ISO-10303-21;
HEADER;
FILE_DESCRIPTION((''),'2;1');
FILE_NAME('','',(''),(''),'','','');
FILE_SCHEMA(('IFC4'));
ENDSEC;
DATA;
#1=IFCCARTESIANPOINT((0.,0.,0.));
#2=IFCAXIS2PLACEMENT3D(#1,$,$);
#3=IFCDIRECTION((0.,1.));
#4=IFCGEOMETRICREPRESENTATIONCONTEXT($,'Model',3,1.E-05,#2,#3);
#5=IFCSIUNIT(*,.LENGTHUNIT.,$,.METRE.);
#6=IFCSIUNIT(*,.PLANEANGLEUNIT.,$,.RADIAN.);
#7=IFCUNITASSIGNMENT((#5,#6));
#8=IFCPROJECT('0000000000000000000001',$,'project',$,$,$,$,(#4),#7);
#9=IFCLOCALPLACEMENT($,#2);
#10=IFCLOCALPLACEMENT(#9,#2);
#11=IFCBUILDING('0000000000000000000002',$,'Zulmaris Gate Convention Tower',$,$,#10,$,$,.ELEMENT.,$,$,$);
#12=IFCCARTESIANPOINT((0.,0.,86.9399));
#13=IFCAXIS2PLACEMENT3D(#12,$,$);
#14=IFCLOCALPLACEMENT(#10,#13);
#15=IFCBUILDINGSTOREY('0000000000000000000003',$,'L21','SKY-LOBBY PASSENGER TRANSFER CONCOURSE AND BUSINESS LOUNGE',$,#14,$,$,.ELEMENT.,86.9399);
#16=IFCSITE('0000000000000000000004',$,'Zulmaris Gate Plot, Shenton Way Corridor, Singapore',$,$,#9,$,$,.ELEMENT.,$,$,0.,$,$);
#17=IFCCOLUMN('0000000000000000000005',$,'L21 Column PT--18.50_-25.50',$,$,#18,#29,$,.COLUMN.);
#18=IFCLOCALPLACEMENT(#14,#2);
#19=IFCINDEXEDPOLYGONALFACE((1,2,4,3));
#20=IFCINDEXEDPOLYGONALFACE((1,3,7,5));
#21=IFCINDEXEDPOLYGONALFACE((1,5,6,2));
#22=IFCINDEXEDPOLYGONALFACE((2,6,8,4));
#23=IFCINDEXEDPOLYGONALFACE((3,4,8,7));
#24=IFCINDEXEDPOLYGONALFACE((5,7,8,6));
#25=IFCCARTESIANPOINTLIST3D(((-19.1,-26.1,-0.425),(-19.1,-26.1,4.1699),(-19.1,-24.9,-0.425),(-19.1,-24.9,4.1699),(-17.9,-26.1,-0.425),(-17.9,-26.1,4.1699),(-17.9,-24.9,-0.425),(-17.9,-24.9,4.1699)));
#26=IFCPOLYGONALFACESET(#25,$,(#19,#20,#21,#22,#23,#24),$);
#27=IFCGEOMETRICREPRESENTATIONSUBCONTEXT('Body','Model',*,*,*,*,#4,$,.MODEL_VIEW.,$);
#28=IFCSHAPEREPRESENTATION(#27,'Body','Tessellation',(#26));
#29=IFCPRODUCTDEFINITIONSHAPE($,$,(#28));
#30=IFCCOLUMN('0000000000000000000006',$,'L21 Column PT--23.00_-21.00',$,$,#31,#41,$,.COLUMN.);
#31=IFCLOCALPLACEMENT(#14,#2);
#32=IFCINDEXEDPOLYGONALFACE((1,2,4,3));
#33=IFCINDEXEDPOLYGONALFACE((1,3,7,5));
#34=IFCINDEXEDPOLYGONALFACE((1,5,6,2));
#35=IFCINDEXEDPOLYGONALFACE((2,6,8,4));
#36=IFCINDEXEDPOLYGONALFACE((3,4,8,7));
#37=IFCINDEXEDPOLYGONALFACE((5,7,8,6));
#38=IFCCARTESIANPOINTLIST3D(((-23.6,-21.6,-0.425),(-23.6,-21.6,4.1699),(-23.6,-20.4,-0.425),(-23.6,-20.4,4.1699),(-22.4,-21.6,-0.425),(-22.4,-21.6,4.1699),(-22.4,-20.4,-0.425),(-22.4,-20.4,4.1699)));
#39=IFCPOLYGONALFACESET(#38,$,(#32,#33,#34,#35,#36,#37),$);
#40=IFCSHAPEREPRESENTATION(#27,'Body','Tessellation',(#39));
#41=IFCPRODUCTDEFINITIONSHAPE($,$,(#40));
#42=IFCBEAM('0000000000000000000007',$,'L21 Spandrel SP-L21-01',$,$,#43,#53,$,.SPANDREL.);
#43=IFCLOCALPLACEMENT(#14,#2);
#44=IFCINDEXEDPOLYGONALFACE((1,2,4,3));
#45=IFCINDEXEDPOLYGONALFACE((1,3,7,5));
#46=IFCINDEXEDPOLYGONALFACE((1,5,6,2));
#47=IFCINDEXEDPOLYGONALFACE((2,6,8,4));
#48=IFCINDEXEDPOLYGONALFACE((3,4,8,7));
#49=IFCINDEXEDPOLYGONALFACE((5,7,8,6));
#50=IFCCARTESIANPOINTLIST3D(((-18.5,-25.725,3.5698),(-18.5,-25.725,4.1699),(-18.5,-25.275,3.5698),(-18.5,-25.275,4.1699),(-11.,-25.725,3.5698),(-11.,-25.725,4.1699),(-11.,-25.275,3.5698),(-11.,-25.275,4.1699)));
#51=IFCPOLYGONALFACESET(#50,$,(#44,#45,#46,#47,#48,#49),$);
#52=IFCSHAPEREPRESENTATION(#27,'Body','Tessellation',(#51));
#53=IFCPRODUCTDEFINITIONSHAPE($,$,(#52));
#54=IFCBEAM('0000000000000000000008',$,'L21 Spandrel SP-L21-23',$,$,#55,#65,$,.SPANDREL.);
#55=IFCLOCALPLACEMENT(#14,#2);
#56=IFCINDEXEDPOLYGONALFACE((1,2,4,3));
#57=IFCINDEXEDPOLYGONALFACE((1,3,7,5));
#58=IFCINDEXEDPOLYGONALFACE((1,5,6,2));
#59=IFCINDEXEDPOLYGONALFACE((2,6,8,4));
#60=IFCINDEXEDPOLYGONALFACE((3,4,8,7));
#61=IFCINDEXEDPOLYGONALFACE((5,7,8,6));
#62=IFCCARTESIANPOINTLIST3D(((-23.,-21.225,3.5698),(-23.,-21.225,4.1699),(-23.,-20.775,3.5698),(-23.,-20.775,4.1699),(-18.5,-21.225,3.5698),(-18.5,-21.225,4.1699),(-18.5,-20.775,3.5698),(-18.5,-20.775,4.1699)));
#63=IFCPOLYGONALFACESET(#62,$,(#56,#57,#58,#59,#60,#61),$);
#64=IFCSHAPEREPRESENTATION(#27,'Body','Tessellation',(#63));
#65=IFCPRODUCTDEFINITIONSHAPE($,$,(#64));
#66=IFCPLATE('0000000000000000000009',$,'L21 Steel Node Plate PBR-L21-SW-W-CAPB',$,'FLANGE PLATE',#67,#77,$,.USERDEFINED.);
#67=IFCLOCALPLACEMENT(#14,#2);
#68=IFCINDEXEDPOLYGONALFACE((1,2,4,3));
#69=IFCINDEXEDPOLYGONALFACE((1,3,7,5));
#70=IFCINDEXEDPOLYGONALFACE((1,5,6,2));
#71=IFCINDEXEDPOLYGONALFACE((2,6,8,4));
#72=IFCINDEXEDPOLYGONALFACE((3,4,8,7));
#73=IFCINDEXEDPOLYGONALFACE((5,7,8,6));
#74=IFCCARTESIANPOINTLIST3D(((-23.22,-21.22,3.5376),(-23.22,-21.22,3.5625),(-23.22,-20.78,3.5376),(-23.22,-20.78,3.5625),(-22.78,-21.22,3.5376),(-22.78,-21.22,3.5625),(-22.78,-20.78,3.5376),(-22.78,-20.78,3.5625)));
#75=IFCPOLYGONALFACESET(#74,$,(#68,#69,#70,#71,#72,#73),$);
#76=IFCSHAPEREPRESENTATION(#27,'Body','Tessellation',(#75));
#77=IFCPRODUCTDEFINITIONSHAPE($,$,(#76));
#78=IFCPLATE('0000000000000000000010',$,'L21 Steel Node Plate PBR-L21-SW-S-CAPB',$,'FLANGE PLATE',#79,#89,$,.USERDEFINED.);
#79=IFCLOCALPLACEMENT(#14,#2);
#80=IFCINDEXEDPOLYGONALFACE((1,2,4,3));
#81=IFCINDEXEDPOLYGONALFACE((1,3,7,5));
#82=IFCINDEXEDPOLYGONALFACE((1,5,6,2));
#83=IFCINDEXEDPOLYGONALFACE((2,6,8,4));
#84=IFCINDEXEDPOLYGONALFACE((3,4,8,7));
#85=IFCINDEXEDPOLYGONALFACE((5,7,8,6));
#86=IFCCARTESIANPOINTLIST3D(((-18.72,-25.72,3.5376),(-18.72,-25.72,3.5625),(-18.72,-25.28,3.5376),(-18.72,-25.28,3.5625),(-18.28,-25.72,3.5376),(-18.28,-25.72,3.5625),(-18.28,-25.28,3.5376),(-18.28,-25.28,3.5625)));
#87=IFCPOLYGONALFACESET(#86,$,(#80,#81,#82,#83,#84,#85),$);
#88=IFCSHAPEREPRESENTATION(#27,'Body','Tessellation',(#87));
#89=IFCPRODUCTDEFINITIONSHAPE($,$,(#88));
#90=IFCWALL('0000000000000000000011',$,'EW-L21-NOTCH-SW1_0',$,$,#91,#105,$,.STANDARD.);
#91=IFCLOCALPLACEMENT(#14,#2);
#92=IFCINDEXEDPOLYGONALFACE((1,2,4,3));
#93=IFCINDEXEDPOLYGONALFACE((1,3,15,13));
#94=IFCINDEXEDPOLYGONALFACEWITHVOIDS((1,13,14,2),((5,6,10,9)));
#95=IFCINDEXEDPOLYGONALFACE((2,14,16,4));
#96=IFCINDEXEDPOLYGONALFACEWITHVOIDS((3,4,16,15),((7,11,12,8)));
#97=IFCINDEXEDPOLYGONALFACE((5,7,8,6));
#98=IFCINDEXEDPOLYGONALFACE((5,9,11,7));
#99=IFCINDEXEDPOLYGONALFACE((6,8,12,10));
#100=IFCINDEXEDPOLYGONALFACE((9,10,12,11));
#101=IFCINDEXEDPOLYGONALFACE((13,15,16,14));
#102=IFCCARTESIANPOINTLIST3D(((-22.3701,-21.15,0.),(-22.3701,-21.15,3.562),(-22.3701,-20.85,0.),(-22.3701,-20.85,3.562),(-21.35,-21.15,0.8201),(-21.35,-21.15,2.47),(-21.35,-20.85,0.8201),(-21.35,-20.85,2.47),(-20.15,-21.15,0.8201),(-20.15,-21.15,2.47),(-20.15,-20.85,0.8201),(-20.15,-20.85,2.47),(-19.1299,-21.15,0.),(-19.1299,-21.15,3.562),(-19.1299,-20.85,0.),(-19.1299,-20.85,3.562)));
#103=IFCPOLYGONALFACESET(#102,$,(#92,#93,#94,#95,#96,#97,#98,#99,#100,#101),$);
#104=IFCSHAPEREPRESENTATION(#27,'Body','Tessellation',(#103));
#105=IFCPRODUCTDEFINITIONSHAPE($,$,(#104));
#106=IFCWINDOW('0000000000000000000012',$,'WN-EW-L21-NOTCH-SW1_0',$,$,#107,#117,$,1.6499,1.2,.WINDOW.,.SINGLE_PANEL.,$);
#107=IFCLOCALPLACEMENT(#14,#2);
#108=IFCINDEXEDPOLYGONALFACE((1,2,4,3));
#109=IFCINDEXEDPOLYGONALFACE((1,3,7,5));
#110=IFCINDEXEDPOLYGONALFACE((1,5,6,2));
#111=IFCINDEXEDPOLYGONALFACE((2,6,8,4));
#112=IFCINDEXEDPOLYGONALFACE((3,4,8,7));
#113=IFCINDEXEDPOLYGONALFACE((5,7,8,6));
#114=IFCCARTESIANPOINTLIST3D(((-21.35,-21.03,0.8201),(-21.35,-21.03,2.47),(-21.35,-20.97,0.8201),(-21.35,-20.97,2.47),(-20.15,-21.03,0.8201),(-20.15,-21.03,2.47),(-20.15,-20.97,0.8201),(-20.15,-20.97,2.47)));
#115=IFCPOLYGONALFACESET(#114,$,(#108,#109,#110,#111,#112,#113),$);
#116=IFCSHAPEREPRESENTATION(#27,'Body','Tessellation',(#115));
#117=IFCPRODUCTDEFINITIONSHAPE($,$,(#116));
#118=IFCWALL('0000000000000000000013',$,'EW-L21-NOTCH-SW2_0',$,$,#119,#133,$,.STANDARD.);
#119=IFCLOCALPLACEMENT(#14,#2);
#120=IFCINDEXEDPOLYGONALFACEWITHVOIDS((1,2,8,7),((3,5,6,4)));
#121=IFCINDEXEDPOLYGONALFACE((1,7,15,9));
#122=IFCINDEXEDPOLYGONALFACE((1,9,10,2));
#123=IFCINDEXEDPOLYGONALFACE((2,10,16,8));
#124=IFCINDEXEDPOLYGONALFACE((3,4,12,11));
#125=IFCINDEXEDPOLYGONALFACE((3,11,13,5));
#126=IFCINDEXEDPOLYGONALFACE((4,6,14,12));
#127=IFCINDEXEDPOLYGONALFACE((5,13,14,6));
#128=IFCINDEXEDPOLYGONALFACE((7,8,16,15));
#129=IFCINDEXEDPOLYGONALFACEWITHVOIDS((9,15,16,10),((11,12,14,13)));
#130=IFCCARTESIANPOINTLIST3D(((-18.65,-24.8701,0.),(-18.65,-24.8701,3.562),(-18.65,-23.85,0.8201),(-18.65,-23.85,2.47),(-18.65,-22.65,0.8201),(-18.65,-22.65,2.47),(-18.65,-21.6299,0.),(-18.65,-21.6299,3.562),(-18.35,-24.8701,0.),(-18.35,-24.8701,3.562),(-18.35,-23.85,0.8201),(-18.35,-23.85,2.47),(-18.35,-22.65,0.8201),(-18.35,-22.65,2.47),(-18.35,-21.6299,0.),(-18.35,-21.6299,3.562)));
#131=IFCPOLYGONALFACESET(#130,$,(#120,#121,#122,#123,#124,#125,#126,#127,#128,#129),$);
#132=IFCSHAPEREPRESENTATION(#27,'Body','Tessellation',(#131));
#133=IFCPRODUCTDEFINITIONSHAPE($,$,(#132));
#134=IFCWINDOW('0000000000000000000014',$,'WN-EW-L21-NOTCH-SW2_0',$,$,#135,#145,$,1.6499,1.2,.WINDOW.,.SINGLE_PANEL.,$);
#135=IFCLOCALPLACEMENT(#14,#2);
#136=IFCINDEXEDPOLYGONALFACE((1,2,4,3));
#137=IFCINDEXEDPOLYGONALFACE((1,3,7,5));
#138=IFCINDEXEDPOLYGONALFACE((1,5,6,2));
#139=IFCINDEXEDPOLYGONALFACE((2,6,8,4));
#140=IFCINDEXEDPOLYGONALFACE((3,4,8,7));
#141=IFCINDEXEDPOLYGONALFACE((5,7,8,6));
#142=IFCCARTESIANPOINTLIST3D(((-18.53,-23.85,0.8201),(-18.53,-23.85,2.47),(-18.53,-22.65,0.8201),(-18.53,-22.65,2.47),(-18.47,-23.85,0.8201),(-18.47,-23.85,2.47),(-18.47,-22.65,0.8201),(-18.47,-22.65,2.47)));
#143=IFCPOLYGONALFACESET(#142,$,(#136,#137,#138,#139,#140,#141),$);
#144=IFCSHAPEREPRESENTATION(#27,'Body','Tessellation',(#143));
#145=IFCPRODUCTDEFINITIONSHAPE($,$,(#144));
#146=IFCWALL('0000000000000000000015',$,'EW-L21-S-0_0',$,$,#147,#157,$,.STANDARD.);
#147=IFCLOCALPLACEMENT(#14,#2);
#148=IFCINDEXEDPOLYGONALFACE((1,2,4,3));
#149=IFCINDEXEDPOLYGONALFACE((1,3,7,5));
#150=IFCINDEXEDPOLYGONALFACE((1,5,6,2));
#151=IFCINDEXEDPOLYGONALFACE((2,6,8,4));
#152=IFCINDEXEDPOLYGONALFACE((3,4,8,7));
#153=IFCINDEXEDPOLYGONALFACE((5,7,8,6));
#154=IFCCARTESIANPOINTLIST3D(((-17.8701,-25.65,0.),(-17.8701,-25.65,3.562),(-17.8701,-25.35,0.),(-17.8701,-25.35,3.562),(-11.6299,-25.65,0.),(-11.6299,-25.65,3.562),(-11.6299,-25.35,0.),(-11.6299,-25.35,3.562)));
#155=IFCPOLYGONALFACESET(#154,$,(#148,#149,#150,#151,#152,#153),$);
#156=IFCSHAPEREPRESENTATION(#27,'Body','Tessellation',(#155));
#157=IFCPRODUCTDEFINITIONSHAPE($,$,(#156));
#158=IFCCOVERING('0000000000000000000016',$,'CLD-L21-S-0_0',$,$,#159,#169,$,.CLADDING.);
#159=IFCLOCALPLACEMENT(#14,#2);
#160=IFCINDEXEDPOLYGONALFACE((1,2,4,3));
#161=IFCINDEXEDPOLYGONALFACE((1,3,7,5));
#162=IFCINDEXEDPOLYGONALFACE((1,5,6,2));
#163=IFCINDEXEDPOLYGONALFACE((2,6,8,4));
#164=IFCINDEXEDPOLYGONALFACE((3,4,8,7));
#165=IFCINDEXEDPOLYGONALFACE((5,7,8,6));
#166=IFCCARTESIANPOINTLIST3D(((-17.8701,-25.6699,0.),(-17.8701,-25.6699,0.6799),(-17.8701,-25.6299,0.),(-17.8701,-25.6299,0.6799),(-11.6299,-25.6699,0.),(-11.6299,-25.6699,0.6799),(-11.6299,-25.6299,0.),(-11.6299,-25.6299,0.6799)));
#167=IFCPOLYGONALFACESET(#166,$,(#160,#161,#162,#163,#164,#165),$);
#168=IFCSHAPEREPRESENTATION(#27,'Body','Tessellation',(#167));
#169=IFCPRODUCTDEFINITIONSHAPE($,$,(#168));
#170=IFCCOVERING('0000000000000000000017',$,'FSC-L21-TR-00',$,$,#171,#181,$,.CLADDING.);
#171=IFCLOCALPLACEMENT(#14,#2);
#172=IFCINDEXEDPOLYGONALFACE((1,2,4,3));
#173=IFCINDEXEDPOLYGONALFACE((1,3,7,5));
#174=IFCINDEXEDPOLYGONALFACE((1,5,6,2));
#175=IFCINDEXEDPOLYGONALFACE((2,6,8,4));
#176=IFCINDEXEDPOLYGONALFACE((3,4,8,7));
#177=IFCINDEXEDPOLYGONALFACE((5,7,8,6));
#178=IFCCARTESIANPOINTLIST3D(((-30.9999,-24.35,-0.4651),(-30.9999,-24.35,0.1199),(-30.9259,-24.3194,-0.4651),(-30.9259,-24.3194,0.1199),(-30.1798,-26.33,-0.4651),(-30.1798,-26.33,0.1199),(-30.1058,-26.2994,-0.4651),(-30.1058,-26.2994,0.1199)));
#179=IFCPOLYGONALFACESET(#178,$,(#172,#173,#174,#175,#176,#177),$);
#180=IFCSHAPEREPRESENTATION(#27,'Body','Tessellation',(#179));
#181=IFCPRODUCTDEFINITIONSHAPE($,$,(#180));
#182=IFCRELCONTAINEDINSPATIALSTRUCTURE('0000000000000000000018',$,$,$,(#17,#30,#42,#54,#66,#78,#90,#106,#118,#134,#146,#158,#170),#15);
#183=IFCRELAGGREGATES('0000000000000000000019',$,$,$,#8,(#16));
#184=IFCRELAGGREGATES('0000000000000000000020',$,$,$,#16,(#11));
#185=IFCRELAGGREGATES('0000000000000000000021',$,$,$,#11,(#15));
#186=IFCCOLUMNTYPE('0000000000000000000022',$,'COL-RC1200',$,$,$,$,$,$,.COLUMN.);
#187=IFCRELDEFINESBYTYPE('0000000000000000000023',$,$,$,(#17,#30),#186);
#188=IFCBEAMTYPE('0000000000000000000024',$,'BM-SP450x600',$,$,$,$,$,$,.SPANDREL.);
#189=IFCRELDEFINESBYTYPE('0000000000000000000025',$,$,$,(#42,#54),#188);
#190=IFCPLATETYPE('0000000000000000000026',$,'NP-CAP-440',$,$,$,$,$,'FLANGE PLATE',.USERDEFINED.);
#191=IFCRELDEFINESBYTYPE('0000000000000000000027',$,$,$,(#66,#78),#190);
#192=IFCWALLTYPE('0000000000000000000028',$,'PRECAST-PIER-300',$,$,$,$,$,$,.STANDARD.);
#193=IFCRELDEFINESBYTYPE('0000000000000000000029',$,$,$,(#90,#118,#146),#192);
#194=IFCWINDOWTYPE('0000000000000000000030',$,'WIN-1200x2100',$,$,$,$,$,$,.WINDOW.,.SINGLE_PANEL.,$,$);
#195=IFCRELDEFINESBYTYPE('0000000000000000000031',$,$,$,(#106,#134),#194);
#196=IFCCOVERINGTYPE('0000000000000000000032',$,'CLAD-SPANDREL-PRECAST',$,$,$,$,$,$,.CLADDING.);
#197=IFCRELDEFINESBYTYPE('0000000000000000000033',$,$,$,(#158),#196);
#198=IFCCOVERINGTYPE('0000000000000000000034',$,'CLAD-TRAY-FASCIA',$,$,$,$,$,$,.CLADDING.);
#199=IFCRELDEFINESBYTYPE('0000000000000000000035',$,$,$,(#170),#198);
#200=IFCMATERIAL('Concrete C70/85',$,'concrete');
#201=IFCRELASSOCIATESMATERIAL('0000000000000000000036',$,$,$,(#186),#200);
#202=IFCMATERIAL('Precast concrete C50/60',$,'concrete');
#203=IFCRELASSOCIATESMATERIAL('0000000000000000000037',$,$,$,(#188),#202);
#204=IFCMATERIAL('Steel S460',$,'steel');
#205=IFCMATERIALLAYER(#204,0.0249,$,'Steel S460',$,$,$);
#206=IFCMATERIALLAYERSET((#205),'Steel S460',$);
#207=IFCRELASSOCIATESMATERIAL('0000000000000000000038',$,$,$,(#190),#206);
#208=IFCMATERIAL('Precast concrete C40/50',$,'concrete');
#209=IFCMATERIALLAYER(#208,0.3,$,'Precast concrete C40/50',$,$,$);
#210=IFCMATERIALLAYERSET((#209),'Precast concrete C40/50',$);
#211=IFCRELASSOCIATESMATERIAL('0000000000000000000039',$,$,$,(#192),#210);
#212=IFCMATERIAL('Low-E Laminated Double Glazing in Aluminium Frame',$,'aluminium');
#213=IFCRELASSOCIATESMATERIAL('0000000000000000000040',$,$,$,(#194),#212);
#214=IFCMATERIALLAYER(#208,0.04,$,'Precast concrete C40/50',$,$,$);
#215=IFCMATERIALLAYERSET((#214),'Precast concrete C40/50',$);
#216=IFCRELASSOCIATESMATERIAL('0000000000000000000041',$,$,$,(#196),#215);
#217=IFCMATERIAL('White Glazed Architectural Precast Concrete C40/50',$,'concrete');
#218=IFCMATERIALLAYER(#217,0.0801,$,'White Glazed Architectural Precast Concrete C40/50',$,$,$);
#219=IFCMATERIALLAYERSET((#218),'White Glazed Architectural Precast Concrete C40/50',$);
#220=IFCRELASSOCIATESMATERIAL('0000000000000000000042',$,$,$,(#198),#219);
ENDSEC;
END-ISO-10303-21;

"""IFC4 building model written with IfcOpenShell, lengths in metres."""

from ifc_helpers import new_model, si_unit, direction, frame, frame_2d, origin, origin_2d, place, context, subcontext, project, spatial, rectangle, extrude, material, layer, layer_set, material_profile, profile_set, type_object, element, fill, save


model = new_model("IFC4")

# Units and contexts
model_context = context("Model", 3, precision=1e-05, world=origin(), true_north=direction((0.0, 1.0)))
body_context = subcontext(model_context, "Body", "Model", "MODEL_VIEW")
ifc_project = project(units=[si_unit("LENGTHUNIT", "METRE"), si_unit("PLANEANGLEUNIT", "RADIAN")], contexts=[model_context])

# Site, building, storey
site_placement = place(None, origin())
site = spatial("IfcSite", under=ifc_project, at=site_placement, Name="Zulmaris Gate Plot, Shenton Way Corridor, Singapore", CompositionType="ELEMENT", RefElevation=0.0)
building_placement = place(site_placement, origin())
building = spatial("IfcBuilding", under=site, at=building_placement, Name="Zulmaris Gate Convention Tower", CompositionType="ELEMENT")
storey_placement = place(building_placement, frame((0.0, 0.0, 86.9399)))
storey = spatial("IfcBuildingStorey", under=building, at=storey_placement, Name="L21", Description="SKY-LOBBY PASSENGER TRANSFER CONCOURSE AND BUSINESS LOUNGE", CompositionType="ELEMENT", Elevation=86.9399)

# Columns
ifc_material_1 = material(Name="Concrete C70/85", Category="concrete")
ifc_material_profile_1 = material_profile(ifc_material_1, rectangle(XDim=1.2, YDim=1.2, at=origin_2d()), Name="RC COL 1200x1200")
ifc_profile_set_1 = profile_set([ifc_material_profile_1], Name="Concrete C70/85")
column_type = type_object("IfcColumnType", Name="COL-RC1200", PredefinedType="COLUMN", material=ifc_profile_set_1)
for number, where, z_axis, x_axis, name in (
    (1, (-18.5, -25.5, -0.425), (0.0, 0.0, 1.0), (1.0, 0.0, 0.0), "L21 Column PT--18.50_-25.50"),
    (2, (-23.0, -21.0, -0.425), (0.0, 0.0, 1.0), (1.0, 0.0, 0.0), "L21 Column PT--23.00_-21.00"),
):
    element("IfcColumn", number, at=place(storey_placement, frame(where, z_axis=z_axis, x_axis=x_axis)), inside=storey, type_object=column_type, Name=name, PredefinedType="COLUMN", context=body_context, shape_type="SweptSolid", body=[
        extrude(rectangle(XDim=1.2, YDim=1.2, at=origin_2d()), origin(), (0.0, 0.0, 1.0), 4.595),
    ])

# Beams
ifc_material_2 = material(Name="Precast concrete C50/60", Category="concrete")
ifc_material_profile_2 = material_profile(ifc_material_2, rectangle(XDim=0.45, YDim=0.6001, at=origin_2d()), Name="RC SPANDREL 450x600")
ifc_profile_set_2 = profile_set([ifc_material_profile_2], Name="Precast concrete C50/60")
beam_type = type_object("IfcBeamType", Name="BM-SP450x600", PredefinedType="SPANDREL", material=ifc_profile_set_2)
beam_1_placement = place(storey_placement, frame((-18.5, -25.5, 3.8699), z_axis=(1.0, 0.0, 0.0), x_axis=(0.0, 1.0, 0.0)))
element("IfcBeam", 3, at=beam_1_placement, inside=storey, type_object=beam_type, Name="L21 Spandrel SP-L21-01", PredefinedType="SPANDREL", context=body_context, shape_type="SweptSolid", body=[
    extrude(rectangle(XDim=0.45, YDim=0.6001, at=origin_2d()), origin(), (0.0, 0.0, 1.0), 7.5),
])
beam_2_placement = place(storey_placement, frame((-23.0, -21.0, 3.8699), z_axis=(1.0, 0.0, 0.0), x_axis=(0.0, 1.0, 0.0)))
element("IfcBeam", 4, at=beam_2_placement, inside=storey, type_object=beam_type, Name="L21 Spandrel SP-L21-23", PredefinedType="SPANDREL", context=body_context, shape_type="SweptSolid", body=[
    extrude(rectangle(XDim=0.45, YDim=0.6001, at=origin_2d()), origin(), (0.0, 0.0, 1.0), 4.5),
])

# Plates
ifc_material_3 = material(Name="Steel S460", Category="steel")
ifc_layer_1 = layer(ifc_material_3, 0.0249, Name="Steel S460")
ifc_layer_set_1 = layer_set([ifc_layer_1], Name="Steel S460")
plate_type = type_object("IfcPlateType", Name="NP-CAP-440", ElementType="FLANGE PLATE", PredefinedType="USERDEFINED", material=ifc_layer_set_1)
for number, where, z_axis, x_axis, name in (
    (5, (-23.0, -21.0, 3.5376), (0.0, 0.0, 1.0), (1.0, 0.0, 0.0), "L21 Steel Node Plate PBR-L21-SW-W-CAPB"),
    (6, (-18.5, -25.5, 3.5376), (0.0, 0.0, 1.0), (1.0, 0.0, 0.0), "L21 Steel Node Plate PBR-L21-SW-S-CAPB"),
):
    element("IfcPlate", number, at=place(storey_placement, frame(where, z_axis=z_axis, x_axis=x_axis)), inside=storey, type_object=plate_type, Name=name, ObjectType="FLANGE PLATE", PredefinedType="USERDEFINED", context=body_context, shape_type="SweptSolid", body=[
        extrude(rectangle(XDim=0.4399, YDim=0.4399, at=origin_2d()), origin(), (0.0, 0.0, 1.0), 0.0249),
    ])

# Walls, openings, windows
ifc_material_4 = material(Name="Precast concrete C40/50", Category="concrete")
ifc_layer_2 = layer(ifc_material_4, 0.3, Name="Precast concrete C40/50")
ifc_layer_set_2 = layer_set([ifc_layer_2], Name="Precast concrete C40/50")
wall_type = type_object("IfcWallType", Name="PRECAST-PIER-300", PredefinedType="STANDARD", material=ifc_layer_set_2)
wall_1_placement = place(storey_placement, frame((-22.3701, -21.0, 0.0), z_axis=(0.0, 0.0, 1.0), x_axis=(1.0, 0.0, 0.0)))
wall_1 = element("IfcWall", 7, at=wall_1_placement, inside=storey, type_object=wall_type, Name="EW-L21-NOTCH-SW1_0", PredefinedType="STANDARD", context=body_context, shape_type="SweptSolid", body=[
    extrude(rectangle(XDim=3.2402, YDim=0.3, at=frame_2d((1.6201, 0.0))), origin(), (0.0, 0.0, 1.0), 3.562),
])
opening_1_placement = place(wall_1_placement, frame((1.02, 0.0, 0.8201)))
opening_1 = element("IfcOpeningElement", 8, at=opening_1_placement, cuts=wall_1, PredefinedType="OPENING", context=body_context, shape_type="SweptSolid", body=[
    extrude(rectangle(XDim=1.2, YDim=1.6499, at=frame_2d((0.6001, 0.825))), frame((0.0, 0.1602, 0.0), z_axis=(0.0, -1.0, 0.0), x_axis=(1.0, 0.0, 0.0)), (0.0, 0.0, 1.0), 0.3201),
])
ifc_material_5 = material(Name="Low-E Laminated Double Glazing in Aluminium Frame", Category="aluminium")
window_type = type_object("IfcWindowType", Name="WIN-1200x2100", PartitioningType="SINGLE_PANEL", PredefinedType="WINDOW", material=ifc_material_5)
window_1_placement = place(opening_1_placement, origin())
window_1 = element("IfcWindow", 9, at=window_1_placement, inside=storey, type_object=window_type, Name="WN-EW-L21-NOTCH-SW1_0", OverallHeight=1.6499, OverallWidth=1.2, PartitioningType="SINGLE_PANEL", PredefinedType="WINDOW", context=body_context, shape_type="SweptSolid", body=[
    extrude(rectangle(XDim=1.2, YDim=1.6499, at=frame_2d((0.6001, 0.825))), frame((0.0, 0.03, 0.0), z_axis=(0.0, -1.0, 0.0), x_axis=(1.0, 0.0, 0.0)), (0.0, 0.0, 1.0), 0.0601),
])
fill(opening_1, window_1)
wall_2_placement = place(storey_placement, frame((-18.5, -21.6299, 0.0), z_axis=(0.0, 0.0, 1.0), x_axis=(0.0, -1.0, 0.0)))
wall_2 = element("IfcWall", 10, at=wall_2_placement, inside=storey, type_object=wall_type, Name="EW-L21-NOTCH-SW2_0", PredefinedType="STANDARD", context=body_context, shape_type="SweptSolid", body=[
    extrude(rectangle(XDim=3.2402, YDim=0.3, at=frame_2d((1.6201, 0.0))), origin(), (0.0, 0.0, 1.0), 3.562),
])
opening_2_placement = place(wall_2_placement, frame((1.02, 0.0, 0.8201)))
opening_2 = element("IfcOpeningElement", 11, at=opening_2_placement, cuts=wall_2, PredefinedType="OPENING", context=body_context, shape_type="SweptSolid", body=[
    extrude(rectangle(XDim=1.2, YDim=1.6499, at=frame_2d((0.6001, 0.825))), frame((0.0, 0.1602, 0.0), z_axis=(0.0, -1.0, 0.0), x_axis=(1.0, 0.0, 0.0)), (0.0, 0.0, 1.0), 0.3201),
])
window_2_placement = place(opening_2_placement, origin())
window_2 = element("IfcWindow", 12, at=window_2_placement, inside=storey, type_object=window_type, Name="WN-EW-L21-NOTCH-SW2_0", OverallHeight=1.6499, OverallWidth=1.2, PartitioningType="SINGLE_PANEL", PredefinedType="WINDOW", context=body_context, shape_type="SweptSolid", body=[
    extrude(rectangle(XDim=1.2, YDim=1.6499, at=frame_2d((0.6001, 0.825))), frame((0.0, 0.03, 0.0), z_axis=(0.0, -1.0, 0.0), x_axis=(1.0, 0.0, 0.0)), (0.0, 0.0, 1.0), 0.0601),
])
fill(opening_2, window_2)

# Wall
wall_3_placement = place(storey_placement, frame((-17.8701, -25.5, 0.0), z_axis=(0.0, 0.0, 1.0), x_axis=(1.0, 0.0, 0.0)))
element("IfcWall", 13, at=wall_3_placement, inside=storey, type_object=wall_type, Name="EW-L21-S-0_0", PredefinedType="STANDARD", context=body_context, shape_type="SweptSolid", body=[
    extrude(rectangle(XDim=6.2402, YDim=0.3, at=frame_2d((3.1201, 0.0))), origin(), (0.0, 0.0, 1.0), 3.562),
])

# Coverings
ifc_layer_3 = layer(ifc_material_4, 0.04, Name="Precast concrete C40/50")
ifc_layer_set_3 = layer_set([ifc_layer_3], Name="Precast concrete C40/50")
covering_type_1 = type_object("IfcCoveringType", Name="CLAD-SPANDREL-PRECAST", PredefinedType="CLADDING", material=ifc_layer_set_3)
covering_1_placement = place(storey_placement, frame((-17.8701, -25.6499, 0.0), z_axis=(0.0, 0.0, 1.0), x_axis=(1.0, 0.0, 0.0)))
element("IfcCovering", 14, at=covering_1_placement, inside=storey, type_object=covering_type_1, Name="CLD-L21-S-0_0", PredefinedType="CLADDING", context=body_context, shape_type="SweptSolid", body=[
    extrude(rectangle(XDim=6.2402, YDim=0.04, at=frame_2d((3.1201, 0.0))), origin(), (0.0, 0.0, 1.0), 0.6799),
])
ifc_material_6 = material(Name="White Glazed Architectural Precast Concrete C40/50", Category="concrete")
ifc_layer_4 = layer(ifc_material_6, 0.0801, Name="White Glazed Architectural Precast Concrete C40/50")
ifc_layer_set_4 = layer_set([ifc_layer_4], Name="White Glazed Architectural Precast Concrete C40/50")
covering_type_2 = type_object("IfcCoveringType", Name="CLAD-TRAY-FASCIA", PredefinedType="CLADDING", material=ifc_layer_set_4)
covering_2_placement = place(storey_placement, frame((-30.9629, -24.3347, -0.4651), z_axis=(0.0, 0.0, 1.0), x_axis=(0.382657, -0.92389, 0.0)))
element("IfcCovering", 15, at=covering_2_placement, inside=storey, type_object=covering_type_2, Name="FSC-L21-TR-00", PredefinedType="CLADDING", context=body_context, shape_type="SweptSolid", body=[
    extrude(rectangle(XDim=2.1431, YDim=0.0801, at=frame_2d((1.0715, 0.0))), origin(), (0.0, 0.0, 1.0), 0.585),
])

save(model, "model.ifc")
